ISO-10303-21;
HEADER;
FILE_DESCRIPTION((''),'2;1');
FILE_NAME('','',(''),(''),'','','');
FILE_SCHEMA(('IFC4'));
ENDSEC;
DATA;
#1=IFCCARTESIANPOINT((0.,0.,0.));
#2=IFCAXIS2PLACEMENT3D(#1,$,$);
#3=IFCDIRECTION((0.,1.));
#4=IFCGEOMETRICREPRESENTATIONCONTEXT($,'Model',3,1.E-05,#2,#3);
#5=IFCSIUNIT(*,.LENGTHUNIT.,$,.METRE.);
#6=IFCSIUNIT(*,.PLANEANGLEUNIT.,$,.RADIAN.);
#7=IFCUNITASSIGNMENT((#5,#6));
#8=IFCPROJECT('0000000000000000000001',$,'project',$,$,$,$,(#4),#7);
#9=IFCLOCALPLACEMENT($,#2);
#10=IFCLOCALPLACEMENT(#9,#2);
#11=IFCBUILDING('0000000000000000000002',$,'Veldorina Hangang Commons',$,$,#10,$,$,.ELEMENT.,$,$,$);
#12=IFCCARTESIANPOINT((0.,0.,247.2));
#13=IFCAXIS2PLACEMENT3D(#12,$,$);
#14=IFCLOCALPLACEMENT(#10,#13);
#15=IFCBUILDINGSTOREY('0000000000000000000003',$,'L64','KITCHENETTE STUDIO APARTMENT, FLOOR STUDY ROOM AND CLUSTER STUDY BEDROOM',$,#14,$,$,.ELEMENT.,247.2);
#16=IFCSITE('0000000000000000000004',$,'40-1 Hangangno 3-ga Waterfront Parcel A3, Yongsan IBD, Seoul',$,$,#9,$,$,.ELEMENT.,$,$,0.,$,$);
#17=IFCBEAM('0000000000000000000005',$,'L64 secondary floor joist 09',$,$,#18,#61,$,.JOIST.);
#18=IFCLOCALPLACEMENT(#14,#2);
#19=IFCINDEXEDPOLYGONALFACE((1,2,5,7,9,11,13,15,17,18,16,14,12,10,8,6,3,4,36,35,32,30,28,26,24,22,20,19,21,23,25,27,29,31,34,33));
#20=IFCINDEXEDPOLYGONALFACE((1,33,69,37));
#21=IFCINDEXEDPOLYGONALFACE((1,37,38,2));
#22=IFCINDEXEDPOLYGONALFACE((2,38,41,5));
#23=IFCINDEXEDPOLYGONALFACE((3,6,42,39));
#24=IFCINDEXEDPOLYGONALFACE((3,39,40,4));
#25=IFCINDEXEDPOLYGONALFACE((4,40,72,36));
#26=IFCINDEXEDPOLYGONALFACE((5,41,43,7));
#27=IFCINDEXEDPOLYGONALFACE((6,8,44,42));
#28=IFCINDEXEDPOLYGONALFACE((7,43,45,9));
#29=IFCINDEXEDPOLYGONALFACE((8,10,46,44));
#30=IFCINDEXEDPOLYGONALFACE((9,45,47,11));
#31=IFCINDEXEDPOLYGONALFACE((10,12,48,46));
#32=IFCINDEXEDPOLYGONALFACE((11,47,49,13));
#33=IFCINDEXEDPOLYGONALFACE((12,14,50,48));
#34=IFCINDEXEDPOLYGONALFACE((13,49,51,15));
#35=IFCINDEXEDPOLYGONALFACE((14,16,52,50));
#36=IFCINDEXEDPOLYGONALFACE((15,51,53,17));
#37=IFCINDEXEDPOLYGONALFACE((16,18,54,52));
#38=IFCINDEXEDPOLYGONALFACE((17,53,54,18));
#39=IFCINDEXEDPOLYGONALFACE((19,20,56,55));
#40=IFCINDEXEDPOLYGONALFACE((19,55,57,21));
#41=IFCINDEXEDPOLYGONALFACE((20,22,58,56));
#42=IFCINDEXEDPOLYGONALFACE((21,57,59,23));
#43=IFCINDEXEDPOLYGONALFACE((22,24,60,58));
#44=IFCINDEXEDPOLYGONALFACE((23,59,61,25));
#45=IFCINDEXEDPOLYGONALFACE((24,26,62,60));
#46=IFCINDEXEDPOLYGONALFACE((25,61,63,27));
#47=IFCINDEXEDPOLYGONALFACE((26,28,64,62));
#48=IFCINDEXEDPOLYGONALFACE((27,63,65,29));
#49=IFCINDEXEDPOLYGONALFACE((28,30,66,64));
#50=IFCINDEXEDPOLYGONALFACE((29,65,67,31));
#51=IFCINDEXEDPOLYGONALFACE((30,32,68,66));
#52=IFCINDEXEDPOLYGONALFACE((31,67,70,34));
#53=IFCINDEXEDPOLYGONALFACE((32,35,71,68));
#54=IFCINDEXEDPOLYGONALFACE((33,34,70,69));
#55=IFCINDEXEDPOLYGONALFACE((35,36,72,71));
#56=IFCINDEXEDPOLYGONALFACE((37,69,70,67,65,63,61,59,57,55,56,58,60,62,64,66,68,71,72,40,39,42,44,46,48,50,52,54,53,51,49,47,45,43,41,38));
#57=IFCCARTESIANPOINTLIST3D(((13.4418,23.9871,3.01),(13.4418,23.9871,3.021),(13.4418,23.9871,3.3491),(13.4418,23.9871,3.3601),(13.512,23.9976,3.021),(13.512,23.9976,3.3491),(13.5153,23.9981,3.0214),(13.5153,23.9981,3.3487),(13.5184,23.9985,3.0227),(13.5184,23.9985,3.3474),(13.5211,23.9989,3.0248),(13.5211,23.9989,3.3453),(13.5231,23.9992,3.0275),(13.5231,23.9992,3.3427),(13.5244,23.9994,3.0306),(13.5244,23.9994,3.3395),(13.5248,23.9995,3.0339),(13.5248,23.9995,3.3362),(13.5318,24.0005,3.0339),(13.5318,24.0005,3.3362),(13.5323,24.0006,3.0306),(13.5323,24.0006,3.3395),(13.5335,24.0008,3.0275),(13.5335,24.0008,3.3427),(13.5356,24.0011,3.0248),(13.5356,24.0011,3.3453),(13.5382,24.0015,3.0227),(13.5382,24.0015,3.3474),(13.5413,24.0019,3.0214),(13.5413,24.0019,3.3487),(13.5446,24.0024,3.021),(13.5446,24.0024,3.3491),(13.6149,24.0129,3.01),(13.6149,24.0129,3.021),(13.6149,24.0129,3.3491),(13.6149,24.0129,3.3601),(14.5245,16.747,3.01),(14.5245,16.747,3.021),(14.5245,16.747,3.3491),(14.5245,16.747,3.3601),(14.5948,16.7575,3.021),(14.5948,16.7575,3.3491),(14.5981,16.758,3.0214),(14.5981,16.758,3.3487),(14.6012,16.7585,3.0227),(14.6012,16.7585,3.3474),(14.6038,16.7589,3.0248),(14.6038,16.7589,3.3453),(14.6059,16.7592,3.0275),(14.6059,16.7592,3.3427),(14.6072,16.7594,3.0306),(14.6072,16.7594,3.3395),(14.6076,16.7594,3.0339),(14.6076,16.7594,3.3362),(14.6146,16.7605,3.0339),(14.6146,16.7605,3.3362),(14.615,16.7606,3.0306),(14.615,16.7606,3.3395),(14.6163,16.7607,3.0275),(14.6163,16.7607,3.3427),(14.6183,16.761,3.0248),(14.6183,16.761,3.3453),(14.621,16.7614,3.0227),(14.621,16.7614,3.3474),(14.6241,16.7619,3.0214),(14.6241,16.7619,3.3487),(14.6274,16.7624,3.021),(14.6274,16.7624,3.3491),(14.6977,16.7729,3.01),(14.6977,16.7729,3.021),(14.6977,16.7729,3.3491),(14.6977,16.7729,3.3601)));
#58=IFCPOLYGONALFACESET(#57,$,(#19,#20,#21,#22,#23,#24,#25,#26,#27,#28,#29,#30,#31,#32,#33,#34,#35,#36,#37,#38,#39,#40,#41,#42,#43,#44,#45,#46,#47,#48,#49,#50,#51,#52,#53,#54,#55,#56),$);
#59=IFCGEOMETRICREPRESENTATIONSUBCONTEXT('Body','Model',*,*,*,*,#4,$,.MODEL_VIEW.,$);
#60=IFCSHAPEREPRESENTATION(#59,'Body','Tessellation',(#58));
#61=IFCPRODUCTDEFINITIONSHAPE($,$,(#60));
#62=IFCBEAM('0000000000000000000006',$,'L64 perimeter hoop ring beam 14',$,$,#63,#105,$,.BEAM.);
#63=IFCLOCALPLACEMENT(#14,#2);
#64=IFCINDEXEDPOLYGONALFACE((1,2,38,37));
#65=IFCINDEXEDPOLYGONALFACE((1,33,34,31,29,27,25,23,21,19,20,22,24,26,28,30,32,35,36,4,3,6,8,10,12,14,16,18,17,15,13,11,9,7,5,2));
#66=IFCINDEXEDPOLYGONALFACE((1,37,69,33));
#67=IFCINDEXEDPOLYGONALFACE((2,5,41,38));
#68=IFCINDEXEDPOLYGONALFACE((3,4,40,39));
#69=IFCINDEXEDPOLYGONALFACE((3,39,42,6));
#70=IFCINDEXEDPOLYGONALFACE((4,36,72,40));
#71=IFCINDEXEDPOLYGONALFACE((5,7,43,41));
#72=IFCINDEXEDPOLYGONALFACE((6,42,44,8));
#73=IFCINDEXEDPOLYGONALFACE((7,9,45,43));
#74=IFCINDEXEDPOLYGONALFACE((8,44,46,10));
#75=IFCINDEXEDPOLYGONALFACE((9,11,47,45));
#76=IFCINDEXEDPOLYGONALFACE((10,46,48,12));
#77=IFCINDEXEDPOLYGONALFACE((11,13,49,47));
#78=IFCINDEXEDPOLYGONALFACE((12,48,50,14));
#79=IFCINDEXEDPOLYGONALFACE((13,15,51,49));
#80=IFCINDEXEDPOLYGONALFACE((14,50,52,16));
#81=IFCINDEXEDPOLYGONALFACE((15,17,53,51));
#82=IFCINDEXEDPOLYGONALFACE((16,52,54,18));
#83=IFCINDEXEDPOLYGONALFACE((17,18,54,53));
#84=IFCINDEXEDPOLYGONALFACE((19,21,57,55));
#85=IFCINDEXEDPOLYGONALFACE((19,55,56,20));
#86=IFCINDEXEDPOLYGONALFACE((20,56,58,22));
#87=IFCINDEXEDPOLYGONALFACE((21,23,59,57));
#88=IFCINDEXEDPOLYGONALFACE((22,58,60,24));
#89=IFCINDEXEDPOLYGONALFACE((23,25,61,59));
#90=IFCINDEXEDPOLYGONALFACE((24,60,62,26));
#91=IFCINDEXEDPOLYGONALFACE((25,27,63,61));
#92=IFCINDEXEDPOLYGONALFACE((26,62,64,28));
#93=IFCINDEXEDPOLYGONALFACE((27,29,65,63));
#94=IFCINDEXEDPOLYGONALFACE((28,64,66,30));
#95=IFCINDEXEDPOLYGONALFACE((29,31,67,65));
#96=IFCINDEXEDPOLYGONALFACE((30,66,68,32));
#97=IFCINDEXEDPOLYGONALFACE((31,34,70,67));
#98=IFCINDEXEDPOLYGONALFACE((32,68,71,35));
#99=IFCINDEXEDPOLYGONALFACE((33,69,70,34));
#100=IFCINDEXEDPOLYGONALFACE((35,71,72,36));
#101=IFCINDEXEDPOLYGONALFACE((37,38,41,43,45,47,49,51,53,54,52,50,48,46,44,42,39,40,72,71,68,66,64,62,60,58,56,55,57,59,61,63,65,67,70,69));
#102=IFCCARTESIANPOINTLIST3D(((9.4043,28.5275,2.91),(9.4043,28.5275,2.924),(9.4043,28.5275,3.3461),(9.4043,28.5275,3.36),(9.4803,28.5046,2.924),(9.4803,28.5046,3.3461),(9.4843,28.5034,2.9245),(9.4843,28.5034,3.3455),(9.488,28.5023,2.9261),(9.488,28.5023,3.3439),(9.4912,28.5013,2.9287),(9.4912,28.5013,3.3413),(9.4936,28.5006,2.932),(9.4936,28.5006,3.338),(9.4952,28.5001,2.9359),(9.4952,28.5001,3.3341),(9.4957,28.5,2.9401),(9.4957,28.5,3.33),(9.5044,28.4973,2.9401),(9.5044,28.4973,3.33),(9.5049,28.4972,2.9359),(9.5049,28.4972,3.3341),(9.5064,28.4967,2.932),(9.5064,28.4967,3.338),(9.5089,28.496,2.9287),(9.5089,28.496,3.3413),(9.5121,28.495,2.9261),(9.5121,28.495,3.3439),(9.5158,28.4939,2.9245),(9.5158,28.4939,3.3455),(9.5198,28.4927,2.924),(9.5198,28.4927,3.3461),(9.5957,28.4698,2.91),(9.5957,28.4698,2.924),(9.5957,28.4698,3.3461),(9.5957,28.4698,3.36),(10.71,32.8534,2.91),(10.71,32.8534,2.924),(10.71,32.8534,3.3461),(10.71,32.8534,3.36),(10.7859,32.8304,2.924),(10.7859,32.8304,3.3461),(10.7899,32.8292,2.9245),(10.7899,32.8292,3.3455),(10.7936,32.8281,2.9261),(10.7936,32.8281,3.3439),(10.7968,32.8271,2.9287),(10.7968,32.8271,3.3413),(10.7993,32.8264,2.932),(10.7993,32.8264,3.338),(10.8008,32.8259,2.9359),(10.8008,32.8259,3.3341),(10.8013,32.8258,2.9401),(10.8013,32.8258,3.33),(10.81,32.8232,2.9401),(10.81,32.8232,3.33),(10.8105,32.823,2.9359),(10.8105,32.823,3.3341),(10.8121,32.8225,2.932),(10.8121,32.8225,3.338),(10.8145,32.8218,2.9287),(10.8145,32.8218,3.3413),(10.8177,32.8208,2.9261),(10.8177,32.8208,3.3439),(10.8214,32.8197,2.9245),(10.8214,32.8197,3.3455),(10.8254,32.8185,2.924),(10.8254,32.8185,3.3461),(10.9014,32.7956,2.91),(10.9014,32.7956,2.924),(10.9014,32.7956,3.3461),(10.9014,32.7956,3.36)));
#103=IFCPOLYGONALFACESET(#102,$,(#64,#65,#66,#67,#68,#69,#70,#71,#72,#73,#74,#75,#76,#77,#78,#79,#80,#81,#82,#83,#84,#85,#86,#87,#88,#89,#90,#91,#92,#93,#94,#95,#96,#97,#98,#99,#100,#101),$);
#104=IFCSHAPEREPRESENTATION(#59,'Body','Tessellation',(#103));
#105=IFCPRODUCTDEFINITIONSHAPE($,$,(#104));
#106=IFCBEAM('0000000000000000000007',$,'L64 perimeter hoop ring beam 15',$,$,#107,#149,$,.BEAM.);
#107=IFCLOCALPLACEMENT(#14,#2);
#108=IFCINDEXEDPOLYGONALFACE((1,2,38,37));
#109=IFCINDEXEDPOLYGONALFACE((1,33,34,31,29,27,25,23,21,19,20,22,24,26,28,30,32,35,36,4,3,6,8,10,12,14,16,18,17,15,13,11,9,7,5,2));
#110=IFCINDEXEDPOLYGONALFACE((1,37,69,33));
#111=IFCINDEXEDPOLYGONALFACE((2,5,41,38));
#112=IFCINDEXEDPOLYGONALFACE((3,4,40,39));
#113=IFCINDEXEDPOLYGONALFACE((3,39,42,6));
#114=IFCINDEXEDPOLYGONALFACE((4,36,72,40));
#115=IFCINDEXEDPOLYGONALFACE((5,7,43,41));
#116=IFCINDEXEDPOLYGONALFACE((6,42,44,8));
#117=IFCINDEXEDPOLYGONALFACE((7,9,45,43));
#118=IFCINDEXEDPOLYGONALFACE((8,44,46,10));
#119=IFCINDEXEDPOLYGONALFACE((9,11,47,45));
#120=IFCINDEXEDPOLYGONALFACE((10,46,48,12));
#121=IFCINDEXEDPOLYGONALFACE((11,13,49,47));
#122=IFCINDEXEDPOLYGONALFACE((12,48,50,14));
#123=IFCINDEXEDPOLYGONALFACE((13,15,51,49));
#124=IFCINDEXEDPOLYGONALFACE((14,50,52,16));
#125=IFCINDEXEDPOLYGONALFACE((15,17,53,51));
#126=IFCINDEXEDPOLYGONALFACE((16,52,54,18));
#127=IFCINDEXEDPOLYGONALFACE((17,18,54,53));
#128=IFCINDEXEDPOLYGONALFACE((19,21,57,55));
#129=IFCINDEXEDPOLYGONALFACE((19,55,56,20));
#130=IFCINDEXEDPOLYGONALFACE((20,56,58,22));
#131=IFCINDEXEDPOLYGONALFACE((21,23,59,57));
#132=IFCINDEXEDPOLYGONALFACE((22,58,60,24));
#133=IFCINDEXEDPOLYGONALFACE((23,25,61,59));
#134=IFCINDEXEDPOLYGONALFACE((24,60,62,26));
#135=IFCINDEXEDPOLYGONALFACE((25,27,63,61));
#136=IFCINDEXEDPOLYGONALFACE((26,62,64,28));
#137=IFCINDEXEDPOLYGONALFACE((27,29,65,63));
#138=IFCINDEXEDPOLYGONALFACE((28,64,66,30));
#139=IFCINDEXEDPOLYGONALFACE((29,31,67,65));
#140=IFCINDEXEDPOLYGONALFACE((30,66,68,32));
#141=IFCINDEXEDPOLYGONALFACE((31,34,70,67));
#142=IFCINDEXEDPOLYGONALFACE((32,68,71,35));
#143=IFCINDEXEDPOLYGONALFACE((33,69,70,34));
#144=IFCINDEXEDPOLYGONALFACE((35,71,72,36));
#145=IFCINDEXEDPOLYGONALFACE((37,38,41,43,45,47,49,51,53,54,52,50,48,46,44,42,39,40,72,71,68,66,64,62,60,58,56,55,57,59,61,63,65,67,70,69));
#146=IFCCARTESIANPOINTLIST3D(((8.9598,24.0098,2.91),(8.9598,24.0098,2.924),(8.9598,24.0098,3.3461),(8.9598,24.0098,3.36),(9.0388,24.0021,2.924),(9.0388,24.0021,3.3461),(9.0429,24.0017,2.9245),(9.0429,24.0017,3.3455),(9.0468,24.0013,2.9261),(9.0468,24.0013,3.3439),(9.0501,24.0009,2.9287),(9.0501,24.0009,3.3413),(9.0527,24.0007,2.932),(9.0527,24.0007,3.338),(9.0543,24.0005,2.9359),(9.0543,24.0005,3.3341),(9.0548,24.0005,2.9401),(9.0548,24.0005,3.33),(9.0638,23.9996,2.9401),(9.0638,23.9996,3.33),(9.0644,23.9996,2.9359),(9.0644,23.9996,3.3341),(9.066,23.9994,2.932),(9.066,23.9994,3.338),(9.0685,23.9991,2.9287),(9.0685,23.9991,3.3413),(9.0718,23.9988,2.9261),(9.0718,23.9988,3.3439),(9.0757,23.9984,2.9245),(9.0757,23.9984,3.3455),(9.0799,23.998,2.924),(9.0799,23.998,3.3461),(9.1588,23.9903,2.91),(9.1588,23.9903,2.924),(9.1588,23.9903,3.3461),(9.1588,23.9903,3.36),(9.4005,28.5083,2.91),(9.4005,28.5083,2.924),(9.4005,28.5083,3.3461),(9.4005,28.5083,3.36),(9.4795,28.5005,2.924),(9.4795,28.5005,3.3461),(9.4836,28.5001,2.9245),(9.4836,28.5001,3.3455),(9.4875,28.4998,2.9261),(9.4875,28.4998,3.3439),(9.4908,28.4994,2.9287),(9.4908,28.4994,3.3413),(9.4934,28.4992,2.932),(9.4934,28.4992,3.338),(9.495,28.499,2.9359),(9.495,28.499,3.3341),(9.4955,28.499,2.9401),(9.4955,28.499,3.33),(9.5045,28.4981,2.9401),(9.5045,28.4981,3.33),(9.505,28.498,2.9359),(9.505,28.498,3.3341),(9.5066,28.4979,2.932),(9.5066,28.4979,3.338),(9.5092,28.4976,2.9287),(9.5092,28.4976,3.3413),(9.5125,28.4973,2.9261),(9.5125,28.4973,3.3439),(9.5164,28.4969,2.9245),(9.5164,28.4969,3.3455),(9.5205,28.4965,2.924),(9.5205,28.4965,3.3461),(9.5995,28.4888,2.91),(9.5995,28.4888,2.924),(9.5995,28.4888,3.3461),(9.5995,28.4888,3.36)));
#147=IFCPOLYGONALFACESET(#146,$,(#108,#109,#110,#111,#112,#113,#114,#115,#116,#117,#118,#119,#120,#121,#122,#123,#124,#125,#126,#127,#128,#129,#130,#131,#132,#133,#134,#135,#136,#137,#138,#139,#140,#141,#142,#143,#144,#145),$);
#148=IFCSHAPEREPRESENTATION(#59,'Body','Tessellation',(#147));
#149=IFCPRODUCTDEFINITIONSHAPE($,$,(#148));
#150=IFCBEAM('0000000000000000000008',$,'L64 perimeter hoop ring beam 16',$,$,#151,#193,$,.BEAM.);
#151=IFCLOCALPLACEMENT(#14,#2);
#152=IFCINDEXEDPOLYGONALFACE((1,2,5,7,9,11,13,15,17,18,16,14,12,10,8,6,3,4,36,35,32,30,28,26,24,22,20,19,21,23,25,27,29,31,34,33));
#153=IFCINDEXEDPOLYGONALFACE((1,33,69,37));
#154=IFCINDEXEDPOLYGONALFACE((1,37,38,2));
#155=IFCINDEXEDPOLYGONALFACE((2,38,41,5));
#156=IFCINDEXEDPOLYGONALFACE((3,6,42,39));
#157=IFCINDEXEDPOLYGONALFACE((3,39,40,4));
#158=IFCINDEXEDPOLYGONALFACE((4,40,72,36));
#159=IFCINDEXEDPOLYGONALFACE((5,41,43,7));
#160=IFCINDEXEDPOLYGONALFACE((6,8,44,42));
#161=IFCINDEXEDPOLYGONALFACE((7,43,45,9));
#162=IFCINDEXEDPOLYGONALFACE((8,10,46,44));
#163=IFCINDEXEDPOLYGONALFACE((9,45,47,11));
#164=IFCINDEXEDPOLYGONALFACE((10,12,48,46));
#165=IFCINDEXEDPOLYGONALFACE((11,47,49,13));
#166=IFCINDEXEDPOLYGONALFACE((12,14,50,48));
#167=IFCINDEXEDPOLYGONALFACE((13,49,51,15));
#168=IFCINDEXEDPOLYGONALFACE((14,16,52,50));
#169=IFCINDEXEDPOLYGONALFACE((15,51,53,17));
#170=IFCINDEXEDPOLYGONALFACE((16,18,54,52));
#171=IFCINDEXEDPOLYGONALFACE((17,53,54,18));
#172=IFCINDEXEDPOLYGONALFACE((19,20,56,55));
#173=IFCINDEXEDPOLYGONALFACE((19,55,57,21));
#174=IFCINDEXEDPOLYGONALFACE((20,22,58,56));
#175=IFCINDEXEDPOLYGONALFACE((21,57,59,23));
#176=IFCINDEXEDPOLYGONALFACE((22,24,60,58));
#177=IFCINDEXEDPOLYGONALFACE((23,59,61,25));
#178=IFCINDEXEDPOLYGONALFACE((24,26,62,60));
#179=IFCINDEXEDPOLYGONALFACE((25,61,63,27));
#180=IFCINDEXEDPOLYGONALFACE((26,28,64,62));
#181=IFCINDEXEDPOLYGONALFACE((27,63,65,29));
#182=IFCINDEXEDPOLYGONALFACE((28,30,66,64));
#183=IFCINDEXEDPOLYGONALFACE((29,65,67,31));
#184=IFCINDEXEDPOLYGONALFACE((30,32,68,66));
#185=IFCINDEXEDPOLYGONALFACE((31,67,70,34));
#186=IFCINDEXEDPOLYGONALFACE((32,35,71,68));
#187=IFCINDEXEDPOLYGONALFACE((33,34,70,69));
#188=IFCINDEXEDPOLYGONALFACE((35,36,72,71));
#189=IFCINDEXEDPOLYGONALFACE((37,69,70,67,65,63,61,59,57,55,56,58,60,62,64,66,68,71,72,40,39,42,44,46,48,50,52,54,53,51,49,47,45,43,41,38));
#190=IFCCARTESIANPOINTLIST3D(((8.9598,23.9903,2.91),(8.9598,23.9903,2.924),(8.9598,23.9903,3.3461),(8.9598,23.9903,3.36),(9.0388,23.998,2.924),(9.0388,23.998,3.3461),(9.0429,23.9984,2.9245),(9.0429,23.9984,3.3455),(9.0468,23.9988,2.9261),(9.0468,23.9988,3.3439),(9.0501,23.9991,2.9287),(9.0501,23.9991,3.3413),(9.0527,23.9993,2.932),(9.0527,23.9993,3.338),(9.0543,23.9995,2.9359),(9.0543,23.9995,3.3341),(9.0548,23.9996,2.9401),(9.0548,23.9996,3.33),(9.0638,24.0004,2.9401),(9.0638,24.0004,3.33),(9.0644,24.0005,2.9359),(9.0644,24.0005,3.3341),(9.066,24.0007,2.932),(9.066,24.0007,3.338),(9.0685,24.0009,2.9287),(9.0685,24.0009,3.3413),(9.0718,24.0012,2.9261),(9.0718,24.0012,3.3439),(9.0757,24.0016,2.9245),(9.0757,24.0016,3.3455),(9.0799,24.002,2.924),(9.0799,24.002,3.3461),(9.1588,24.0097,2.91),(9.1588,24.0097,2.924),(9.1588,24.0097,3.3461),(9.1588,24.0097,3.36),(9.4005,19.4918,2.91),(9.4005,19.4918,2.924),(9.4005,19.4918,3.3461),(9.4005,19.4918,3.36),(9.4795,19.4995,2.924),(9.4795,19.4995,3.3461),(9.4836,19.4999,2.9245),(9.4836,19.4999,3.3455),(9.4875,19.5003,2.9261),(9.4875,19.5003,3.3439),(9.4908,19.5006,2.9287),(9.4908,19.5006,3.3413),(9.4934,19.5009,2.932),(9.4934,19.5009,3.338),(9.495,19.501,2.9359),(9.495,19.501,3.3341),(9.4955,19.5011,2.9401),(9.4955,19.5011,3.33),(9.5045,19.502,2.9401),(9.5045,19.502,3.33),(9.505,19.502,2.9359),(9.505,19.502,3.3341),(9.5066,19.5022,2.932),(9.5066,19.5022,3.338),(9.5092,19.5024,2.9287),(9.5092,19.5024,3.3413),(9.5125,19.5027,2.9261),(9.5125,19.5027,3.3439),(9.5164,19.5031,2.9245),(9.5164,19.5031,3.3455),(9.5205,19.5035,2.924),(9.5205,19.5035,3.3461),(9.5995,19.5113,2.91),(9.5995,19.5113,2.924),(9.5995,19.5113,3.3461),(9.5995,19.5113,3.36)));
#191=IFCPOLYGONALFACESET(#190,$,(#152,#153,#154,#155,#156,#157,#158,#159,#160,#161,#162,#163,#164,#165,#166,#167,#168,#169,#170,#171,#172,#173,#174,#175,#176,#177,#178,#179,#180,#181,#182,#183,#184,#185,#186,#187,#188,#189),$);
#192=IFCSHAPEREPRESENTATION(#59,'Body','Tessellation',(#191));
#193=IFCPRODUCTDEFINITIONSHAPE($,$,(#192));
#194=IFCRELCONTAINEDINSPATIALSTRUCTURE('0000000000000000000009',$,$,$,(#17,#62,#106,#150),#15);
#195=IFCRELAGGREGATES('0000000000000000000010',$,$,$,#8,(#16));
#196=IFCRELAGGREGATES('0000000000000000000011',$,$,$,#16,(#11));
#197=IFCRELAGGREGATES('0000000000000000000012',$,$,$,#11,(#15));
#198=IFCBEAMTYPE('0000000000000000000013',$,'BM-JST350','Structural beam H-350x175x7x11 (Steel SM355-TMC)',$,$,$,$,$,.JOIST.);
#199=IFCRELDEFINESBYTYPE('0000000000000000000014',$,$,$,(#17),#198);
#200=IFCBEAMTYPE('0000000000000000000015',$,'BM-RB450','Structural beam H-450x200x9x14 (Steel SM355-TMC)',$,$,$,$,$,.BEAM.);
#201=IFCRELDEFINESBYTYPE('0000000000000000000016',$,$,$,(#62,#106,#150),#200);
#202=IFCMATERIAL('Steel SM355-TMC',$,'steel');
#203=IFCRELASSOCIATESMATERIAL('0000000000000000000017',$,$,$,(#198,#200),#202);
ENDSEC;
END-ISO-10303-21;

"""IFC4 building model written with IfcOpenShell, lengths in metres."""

from ifc_helpers import new_model, si_unit, direction, frame, origin, origin_2d, place, context, subcontext, project, spatial, i_section, extrude, material, material_profile, profile_set, type_object, element, save


model = new_model("IFC4")

# Units and contexts
model_context = context("Model", 3, precision=1e-05, world=origin(), true_north=direction((0.0, 1.0)))
body_context = subcontext(model_context, "Body", "Model", "MODEL_VIEW")
ifc_project = project(units=[si_unit("LENGTHUNIT", "METRE"), si_unit("PLANEANGLEUNIT", "RADIAN")], contexts=[model_context])

# Site, building, storey
site_placement = place(None, origin())
site = spatial("IfcSite", under=ifc_project, at=site_placement, Name="40-1 Hangangno 3-ga Waterfront Parcel A3, Yongsan IBD, Seoul", CompositionType="ELEMENT", RefElevation=0.0)
building_placement = place(site_placement, origin())
building = spatial("IfcBuilding", under=site, at=building_placement, Name="Veldorina Hangang Commons", CompositionType="ELEMENT")
storey_placement = place(building_placement, frame((0.0, 0.0, 247.2)))
storey = spatial("IfcBuildingStorey", under=building, at=storey_placement, Name="L64", Description="KITCHENETTE STUDIO APARTMENT, FLOOR STUDY ROOM AND CLUSTER STUDY BEDROOM", CompositionType="ELEMENT", Elevation=247.2)

# Beams
ifc_material_1 = material(Name="Steel SM355-TMC", Category="steel")
ifc_material_profile_1 = material_profile(ifc_material_1, i_section(OverallWidth=0.175, OverallDepth=0.3501, WebThickness=0.0071, FlangeThickness=0.011, FilletRadius=0.0129, at=origin_2d()), Name="H-350x175x7x11")
ifc_profile_set_1 = profile_set([ifc_material_profile_1], Name="Steel SM355-TMC")
beam_type_1 = type_object("IfcBeamType", Name="BM-JST350", Description="Structural beam H-350x175x7x11 (Steel SM355-TMC)", PredefinedType="JOIST", material=ifc_profile_set_1)
beam_1_placement = place(storey_placement, frame((13.5283, 24.0, 3.1851), z_axis=(0.147908, -0.989001, 0.0), x_axis=(0.989001, 0.147908, 0.0)))
element("IfcBeam", 1, at=beam_1_placement, inside=storey, type_object=beam_type_1, Name="L64 secondary floor joist 09", PredefinedType="JOIST", context=body_context, shape_type="SweptSolid", body=[
    extrude(i_section(OverallWidth=0.175, OverallDepth=0.3501, WebThickness=0.0071, FlangeThickness=0.011, FilletRadius=0.0129, at=origin_2d()), origin(), (0.0, 0.0, 1.0), 7.3206),
])
ifc_material_profile_2 = material_profile(ifc_material_1, i_section(OverallWidth=0.2, OverallDepth=0.45, WebThickness=0.009, FlangeThickness=0.0139, FilletRadius=0.0161, at=origin_2d()), Name="H-450x200x9x14")
ifc_profile_set_2 = profile_set([ifc_material_profile_2], Name="Steel SM355-TMC")
beam_type_2 = type_object("IfcBeamType", Name="BM-RB450", Description="Structural beam H-450x200x9x14 (Steel SM355-TMC)", PredefinedType="BEAM", material=ifc_profile_set_2)
beam_2_placement = place(storey_placement, frame((10.8057, 32.8245, 3.135), z_axis=(-0.288949, -0.957345, 0.0), x_axis=(0.957345, -0.288949, 0.0)))
element("IfcBeam", 2, at=beam_2_placement, inside=storey, type_object=beam_type_2, Name="L64 perimeter hoop ring beam 14", PredefinedType="BEAM", context=body_context, shape_type="SweptSolid", body=[
    extrude(i_section(OverallWidth=0.2, OverallDepth=0.45, WebThickness=0.009, FlangeThickness=0.0139, FilletRadius=0.0161, at=origin_2d()), origin(), (0.0, 0.0, 1.0), 4.5186),
])
for number, where, z_axis, x_axis, name in (
    (3, (9.5, 28.4985, 3.135), (-0.097493, -0.995236, 0.0), (0.995236, -0.097493, 0.0), "L64 perimeter hoop ring beam 15"),
    (4, (9.0593, 24.0, 3.135), (0.097493, -0.995236, 0.0), (0.995236, 0.097493, 0.0), "L64 perimeter hoop ring beam 16"),
):
    element("IfcBeam", number, at=place(storey_placement, frame(where, z_axis=z_axis, x_axis=x_axis)), inside=storey, type_object=beam_type_2, Name=name, PredefinedType="BEAM", context=body_context, shape_type="SweptSolid", body=[
        extrude(i_section(OverallWidth=0.2, OverallDepth=0.45, WebThickness=0.009, FlangeThickness=0.0139, FilletRadius=0.0161, at=origin_2d()), origin(), (0.0, 0.0, 1.0), 4.52),
    ])

save(model, "model.ifc")
